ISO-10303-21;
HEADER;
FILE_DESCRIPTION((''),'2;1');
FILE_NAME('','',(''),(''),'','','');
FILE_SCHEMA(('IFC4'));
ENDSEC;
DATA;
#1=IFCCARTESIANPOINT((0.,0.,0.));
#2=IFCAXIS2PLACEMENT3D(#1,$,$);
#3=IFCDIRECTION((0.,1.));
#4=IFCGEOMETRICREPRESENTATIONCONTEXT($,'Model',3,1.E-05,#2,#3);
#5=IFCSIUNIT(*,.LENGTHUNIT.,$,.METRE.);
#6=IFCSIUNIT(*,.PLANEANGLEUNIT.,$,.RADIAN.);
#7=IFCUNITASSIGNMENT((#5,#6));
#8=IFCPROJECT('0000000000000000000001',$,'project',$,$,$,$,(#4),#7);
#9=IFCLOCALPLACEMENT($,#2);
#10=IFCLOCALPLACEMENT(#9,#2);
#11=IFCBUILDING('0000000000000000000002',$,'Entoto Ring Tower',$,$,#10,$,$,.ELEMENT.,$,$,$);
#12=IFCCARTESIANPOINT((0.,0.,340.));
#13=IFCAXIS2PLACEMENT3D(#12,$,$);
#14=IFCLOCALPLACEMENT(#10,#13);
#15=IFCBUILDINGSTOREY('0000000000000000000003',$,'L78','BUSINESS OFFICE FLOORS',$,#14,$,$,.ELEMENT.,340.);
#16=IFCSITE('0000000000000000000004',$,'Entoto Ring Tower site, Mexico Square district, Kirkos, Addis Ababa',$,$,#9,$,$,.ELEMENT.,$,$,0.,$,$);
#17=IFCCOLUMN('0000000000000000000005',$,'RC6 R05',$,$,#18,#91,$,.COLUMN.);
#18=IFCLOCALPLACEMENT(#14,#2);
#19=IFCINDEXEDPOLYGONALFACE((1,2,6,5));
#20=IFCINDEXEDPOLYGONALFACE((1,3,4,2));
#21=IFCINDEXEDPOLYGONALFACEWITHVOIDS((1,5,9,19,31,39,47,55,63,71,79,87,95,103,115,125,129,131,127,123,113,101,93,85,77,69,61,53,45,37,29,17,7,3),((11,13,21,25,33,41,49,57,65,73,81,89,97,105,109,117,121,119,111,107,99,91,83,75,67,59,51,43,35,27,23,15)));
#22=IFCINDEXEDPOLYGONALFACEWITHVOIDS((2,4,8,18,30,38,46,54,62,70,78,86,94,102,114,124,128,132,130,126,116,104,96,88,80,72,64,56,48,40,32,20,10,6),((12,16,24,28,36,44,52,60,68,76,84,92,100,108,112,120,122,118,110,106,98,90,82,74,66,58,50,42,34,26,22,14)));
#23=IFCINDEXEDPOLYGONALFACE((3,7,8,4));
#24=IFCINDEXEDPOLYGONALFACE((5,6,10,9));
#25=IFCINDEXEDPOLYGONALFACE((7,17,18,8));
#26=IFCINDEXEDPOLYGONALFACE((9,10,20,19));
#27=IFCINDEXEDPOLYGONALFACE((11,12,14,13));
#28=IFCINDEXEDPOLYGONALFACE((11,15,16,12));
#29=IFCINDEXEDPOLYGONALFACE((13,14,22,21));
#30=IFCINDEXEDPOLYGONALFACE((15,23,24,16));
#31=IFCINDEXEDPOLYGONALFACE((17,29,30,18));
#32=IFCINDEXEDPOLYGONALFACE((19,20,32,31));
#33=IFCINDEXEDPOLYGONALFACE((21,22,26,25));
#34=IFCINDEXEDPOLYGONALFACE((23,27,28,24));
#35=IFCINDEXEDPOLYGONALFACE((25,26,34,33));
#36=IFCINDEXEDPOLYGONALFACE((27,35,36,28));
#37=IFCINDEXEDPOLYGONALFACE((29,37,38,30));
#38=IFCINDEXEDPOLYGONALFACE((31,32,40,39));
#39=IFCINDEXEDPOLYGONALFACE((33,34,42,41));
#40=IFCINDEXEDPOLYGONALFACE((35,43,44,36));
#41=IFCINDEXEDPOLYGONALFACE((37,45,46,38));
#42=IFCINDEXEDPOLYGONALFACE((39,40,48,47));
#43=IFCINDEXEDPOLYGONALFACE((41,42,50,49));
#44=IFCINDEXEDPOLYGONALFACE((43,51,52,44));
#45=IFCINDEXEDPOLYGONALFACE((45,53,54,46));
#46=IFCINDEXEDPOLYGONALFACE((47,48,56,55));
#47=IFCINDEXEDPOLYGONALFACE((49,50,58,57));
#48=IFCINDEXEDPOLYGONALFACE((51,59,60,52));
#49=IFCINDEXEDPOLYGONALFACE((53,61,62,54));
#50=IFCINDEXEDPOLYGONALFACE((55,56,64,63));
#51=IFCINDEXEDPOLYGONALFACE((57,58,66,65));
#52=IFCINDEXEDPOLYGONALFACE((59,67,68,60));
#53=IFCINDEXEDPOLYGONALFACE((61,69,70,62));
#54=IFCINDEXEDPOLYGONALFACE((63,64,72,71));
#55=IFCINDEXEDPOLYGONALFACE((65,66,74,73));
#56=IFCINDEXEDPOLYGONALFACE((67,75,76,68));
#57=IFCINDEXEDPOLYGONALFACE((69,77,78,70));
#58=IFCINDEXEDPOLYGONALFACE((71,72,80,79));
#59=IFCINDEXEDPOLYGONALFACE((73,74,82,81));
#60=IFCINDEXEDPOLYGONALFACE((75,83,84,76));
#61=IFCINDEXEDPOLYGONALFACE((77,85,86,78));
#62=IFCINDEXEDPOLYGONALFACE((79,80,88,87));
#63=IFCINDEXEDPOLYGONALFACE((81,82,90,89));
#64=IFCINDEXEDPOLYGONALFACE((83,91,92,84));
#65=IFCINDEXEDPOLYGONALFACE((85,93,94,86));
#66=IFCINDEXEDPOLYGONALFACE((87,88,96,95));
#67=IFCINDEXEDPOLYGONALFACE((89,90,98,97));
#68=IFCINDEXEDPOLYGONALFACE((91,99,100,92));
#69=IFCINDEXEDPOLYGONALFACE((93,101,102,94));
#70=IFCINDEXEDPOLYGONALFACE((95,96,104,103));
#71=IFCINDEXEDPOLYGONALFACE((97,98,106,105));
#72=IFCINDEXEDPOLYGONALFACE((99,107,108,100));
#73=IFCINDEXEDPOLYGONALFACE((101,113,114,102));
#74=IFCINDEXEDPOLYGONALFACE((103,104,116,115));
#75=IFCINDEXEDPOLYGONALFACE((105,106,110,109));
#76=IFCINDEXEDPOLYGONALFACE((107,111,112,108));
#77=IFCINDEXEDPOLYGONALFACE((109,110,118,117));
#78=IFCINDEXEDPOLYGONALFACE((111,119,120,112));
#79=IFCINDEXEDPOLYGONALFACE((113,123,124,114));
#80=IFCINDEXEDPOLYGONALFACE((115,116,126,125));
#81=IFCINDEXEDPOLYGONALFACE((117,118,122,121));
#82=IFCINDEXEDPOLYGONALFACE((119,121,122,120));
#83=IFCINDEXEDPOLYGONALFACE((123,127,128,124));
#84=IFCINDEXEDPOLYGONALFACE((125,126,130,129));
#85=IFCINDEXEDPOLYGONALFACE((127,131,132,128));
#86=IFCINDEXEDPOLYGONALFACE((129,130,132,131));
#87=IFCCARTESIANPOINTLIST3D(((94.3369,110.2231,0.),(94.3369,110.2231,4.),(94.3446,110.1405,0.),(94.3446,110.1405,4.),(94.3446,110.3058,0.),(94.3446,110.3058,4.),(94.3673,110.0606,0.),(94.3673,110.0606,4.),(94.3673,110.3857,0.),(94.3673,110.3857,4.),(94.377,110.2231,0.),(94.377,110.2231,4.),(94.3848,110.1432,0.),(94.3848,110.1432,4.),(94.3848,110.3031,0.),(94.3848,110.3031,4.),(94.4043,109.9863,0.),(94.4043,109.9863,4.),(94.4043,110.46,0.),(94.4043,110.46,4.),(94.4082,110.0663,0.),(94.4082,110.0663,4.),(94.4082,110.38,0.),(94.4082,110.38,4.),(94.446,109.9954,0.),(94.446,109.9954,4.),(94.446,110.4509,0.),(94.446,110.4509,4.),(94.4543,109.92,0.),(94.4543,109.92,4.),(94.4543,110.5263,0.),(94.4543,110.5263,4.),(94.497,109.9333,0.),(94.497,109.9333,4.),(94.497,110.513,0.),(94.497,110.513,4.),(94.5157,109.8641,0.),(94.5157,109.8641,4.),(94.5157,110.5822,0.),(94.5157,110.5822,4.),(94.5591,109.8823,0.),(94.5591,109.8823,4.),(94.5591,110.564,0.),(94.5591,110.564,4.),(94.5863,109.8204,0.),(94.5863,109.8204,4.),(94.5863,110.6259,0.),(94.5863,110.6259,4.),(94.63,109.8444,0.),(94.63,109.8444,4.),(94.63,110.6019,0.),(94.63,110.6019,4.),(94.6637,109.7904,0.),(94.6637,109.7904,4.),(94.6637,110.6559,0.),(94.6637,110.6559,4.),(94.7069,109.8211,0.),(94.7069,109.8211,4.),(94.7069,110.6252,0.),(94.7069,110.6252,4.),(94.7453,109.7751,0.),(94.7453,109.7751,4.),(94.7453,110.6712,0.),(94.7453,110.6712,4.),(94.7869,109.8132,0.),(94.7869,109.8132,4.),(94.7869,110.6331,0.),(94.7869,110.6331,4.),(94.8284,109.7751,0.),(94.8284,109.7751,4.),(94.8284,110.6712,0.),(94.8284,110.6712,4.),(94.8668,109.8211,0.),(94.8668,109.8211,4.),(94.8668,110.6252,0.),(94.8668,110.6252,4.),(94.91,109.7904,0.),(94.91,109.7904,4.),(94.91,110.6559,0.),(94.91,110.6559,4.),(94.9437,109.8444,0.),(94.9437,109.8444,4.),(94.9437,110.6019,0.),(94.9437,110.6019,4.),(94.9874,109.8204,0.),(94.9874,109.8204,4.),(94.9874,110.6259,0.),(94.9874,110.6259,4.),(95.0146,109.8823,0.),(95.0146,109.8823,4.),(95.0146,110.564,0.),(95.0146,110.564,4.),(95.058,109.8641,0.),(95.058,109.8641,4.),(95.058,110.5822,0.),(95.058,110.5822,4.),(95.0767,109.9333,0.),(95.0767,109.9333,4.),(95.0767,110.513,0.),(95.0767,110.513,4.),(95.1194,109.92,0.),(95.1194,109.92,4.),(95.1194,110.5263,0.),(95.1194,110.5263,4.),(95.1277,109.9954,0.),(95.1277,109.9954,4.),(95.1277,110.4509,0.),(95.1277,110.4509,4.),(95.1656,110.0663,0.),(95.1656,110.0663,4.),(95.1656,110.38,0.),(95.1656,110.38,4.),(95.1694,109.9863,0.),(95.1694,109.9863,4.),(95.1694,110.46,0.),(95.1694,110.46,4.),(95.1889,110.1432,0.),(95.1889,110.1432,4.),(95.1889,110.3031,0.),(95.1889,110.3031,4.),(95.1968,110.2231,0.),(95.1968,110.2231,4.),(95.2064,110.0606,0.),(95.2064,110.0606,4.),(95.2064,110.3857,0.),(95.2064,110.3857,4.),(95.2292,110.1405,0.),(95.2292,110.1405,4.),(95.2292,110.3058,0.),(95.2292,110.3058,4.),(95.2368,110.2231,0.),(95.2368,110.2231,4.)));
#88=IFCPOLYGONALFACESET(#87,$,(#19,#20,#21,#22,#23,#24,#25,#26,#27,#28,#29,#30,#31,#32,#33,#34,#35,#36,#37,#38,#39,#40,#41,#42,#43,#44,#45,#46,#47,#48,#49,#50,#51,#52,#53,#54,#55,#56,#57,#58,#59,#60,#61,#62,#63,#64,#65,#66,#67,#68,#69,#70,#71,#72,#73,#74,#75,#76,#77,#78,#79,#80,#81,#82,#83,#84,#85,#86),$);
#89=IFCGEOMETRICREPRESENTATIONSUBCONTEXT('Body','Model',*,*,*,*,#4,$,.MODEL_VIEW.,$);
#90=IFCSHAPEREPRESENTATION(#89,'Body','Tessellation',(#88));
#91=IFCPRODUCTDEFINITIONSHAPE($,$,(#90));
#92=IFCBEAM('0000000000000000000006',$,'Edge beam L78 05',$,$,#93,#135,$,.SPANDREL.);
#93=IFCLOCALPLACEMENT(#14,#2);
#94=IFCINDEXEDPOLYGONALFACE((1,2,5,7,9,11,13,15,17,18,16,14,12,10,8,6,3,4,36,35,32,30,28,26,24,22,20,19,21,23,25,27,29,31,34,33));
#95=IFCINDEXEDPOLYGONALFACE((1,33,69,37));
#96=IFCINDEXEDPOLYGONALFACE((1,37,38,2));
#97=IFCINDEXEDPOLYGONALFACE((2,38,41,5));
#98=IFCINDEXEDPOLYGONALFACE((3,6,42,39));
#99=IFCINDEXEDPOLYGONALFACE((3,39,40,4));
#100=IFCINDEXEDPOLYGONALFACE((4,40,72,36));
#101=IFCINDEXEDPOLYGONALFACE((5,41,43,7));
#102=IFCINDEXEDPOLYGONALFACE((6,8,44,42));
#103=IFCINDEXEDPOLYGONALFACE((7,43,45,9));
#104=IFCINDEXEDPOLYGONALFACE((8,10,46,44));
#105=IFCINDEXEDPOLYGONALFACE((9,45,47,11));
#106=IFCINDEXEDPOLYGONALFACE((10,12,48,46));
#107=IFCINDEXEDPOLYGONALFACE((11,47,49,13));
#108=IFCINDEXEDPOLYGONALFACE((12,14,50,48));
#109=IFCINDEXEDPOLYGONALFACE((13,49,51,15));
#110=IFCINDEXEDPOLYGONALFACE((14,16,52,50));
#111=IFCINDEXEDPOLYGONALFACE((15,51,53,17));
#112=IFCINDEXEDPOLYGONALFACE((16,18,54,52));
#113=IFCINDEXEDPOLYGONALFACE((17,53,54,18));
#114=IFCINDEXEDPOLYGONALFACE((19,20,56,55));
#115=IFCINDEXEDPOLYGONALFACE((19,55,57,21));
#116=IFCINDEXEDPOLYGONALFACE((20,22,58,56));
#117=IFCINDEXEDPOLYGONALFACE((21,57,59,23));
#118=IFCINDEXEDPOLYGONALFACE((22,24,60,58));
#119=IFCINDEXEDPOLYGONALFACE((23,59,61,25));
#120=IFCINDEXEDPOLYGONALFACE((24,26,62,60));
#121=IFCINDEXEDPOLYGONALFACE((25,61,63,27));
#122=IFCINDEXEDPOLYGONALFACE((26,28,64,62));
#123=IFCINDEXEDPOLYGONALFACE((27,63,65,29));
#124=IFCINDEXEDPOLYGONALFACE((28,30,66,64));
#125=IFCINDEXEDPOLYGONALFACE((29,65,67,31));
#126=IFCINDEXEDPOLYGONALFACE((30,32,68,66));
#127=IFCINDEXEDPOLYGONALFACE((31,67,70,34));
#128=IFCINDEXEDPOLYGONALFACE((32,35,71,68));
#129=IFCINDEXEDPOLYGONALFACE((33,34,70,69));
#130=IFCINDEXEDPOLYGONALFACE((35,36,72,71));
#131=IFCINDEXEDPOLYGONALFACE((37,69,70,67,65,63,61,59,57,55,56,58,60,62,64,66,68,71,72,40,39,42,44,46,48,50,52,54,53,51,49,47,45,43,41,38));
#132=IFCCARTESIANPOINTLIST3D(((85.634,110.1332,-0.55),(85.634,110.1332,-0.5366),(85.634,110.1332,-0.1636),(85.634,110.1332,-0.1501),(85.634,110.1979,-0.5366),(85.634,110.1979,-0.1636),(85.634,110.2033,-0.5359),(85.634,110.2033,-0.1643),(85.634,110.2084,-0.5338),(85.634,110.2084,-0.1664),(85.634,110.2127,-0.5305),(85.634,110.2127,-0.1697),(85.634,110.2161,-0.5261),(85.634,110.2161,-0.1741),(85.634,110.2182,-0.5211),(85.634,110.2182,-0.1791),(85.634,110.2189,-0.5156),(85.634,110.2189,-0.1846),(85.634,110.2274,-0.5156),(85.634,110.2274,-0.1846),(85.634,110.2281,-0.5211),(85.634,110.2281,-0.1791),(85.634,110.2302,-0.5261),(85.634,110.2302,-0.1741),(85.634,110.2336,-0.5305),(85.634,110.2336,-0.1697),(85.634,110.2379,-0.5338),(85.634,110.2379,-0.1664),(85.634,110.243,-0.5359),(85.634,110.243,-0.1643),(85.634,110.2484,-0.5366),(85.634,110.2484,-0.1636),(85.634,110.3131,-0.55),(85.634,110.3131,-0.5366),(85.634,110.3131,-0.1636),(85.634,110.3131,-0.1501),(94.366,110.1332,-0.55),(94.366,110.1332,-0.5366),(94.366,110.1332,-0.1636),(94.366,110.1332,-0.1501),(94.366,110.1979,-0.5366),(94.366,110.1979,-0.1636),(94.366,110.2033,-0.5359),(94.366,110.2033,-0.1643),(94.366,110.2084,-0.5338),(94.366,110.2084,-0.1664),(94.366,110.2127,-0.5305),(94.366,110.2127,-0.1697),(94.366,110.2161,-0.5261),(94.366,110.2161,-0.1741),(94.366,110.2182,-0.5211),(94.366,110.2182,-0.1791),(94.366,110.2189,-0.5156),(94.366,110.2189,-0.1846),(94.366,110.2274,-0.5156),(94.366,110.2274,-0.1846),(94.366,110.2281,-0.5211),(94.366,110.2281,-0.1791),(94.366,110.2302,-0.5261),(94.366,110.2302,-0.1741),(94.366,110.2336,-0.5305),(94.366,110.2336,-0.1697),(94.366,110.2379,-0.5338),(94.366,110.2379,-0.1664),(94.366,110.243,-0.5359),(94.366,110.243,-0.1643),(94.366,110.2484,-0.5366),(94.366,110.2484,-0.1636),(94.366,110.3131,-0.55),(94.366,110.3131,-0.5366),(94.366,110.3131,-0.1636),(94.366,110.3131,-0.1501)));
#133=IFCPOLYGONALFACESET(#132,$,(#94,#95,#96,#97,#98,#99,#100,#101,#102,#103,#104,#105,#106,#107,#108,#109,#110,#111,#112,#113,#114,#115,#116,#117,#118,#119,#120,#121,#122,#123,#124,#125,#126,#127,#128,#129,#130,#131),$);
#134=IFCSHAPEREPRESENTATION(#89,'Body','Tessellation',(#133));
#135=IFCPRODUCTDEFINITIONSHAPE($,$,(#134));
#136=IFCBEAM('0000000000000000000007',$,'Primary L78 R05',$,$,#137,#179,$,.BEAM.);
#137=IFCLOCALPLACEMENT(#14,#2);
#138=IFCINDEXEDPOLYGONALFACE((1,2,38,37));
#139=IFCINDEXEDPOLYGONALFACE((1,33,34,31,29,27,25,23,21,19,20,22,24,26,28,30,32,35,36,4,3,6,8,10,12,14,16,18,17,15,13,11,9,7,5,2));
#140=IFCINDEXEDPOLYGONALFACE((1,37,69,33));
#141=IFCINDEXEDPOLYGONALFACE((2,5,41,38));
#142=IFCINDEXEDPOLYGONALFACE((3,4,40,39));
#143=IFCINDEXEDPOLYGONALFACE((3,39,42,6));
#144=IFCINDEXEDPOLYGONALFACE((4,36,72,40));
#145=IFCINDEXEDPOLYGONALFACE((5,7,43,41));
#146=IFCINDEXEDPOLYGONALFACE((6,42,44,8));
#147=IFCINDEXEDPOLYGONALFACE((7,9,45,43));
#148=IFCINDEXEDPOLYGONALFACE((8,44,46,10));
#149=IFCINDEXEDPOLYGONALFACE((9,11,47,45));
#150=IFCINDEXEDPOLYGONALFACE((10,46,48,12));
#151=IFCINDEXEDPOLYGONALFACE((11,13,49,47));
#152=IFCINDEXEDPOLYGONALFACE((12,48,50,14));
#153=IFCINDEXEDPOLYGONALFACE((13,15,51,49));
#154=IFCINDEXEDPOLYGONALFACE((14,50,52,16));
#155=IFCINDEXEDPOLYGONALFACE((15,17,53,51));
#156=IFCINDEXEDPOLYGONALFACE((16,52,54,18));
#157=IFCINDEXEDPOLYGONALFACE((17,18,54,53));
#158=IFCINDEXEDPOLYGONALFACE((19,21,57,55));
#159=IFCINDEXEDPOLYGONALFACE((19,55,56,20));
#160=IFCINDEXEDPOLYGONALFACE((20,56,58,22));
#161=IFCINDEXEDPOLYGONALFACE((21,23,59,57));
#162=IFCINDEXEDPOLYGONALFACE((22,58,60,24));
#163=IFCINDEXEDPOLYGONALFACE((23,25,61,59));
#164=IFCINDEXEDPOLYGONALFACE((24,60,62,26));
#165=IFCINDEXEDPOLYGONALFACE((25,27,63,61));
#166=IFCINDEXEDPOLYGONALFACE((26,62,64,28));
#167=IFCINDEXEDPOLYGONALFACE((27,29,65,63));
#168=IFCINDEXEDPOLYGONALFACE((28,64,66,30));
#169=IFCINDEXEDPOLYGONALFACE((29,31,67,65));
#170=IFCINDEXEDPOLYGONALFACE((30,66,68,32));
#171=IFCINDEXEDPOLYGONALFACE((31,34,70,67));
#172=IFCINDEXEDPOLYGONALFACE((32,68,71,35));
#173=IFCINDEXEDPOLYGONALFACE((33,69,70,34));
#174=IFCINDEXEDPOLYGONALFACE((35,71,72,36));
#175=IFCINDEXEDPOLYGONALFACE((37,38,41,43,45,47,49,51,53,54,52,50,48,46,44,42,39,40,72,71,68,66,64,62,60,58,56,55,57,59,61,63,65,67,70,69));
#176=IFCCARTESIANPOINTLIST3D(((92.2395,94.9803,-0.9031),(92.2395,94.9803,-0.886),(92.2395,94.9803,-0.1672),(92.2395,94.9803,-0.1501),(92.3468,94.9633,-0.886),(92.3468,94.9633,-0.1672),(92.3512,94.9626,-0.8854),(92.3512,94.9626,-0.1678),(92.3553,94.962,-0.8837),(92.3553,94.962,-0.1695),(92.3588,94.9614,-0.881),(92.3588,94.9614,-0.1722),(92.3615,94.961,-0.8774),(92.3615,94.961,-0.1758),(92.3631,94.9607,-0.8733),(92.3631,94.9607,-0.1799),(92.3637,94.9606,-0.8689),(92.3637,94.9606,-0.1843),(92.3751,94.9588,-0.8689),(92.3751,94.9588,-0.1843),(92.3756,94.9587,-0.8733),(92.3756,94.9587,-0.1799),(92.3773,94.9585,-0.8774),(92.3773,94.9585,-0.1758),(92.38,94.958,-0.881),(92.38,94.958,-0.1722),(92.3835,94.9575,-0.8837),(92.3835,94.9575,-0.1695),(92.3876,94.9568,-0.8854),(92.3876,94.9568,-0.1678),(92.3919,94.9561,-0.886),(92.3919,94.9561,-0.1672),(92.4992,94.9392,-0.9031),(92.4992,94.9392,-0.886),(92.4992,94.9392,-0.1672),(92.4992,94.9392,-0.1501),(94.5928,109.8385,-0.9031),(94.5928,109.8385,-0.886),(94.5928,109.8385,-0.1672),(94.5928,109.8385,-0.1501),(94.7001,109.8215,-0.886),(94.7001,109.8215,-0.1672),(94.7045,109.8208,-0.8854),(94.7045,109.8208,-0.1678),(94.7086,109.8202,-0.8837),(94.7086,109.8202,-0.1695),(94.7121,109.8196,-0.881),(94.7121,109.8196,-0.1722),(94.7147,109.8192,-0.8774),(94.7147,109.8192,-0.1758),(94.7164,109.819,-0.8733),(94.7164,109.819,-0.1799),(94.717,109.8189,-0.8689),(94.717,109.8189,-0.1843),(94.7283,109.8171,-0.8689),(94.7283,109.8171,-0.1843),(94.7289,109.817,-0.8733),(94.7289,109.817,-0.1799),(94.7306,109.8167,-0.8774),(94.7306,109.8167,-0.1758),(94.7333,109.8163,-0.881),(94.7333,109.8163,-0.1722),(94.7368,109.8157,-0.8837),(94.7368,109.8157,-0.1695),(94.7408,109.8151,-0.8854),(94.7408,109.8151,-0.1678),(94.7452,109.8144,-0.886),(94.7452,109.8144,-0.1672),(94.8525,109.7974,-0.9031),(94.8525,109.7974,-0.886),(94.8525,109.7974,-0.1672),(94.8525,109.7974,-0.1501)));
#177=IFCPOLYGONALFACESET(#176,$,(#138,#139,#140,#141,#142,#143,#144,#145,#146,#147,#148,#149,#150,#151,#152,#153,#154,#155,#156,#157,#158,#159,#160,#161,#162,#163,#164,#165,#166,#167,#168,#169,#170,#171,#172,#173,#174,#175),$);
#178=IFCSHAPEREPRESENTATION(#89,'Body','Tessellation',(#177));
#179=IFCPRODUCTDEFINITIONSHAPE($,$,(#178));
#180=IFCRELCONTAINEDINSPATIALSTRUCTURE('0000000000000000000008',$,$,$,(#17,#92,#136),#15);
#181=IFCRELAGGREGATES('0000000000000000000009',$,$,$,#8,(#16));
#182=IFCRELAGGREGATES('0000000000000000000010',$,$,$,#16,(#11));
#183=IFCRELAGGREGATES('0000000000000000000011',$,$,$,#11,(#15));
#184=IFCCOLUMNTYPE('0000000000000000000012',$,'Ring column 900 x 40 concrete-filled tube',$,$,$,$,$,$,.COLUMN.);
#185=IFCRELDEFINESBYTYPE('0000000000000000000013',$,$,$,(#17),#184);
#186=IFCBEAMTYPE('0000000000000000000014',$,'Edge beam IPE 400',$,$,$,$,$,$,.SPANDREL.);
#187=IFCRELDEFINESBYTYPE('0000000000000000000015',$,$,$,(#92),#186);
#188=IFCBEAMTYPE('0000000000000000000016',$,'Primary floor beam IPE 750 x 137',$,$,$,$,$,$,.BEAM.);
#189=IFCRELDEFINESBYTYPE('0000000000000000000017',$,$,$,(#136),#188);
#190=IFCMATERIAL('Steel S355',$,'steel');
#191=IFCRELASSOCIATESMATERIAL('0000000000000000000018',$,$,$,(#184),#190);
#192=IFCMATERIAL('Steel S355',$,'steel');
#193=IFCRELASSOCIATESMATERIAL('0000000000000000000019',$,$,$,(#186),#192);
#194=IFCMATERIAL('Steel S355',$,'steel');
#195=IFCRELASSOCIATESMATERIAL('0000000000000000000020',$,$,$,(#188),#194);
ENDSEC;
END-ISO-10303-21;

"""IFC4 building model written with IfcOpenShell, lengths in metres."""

from ifc_helpers import new_model, si_unit, direction, frame, origin, origin_2d, place, context, subcontext, project, spatial, circle, hollow_circle, i_section, extrude, material, material_profile, profile_set, type_object, element, save


model = new_model("IFC4")

# Units and contexts
model_context = context("Model", 3, precision=1e-05, world=origin(), true_north=direction((0.0, 1.0)))
body_context = subcontext(model_context, "Body", "Model", "MODEL_VIEW")
ifc_project = project(units=[si_unit("LENGTHUNIT", "METRE"), si_unit("PLANEANGLEUNIT", "RADIAN")], contexts=[model_context])

# Site, building, storey
site_placement = place(None, origin())
site = spatial("IfcSite", under=ifc_project, at=site_placement, Name="Entoto Ring Tower site, Mexico Square district, Kirkos, Addis Ababa", CompositionType="ELEMENT", RefElevation=0.0)
building_placement = place(site_placement, origin())
building = spatial("IfcBuilding", under=site, at=building_placement, Name="Entoto Ring Tower", CompositionType="ELEMENT")
storey_placement = place(building_placement, frame((0.0, 0.0, 340.0)))
storey = spatial("IfcBuildingStorey", under=building, at=storey_placement, Name="L78", Description="BUSINESS OFFICE FLOORS", CompositionType="ELEMENT", Elevation=340.0)

# Column
ifc_material_1 = material(Name="Steel S355", Category="steel")
ifc_material_profile_1 = material_profile(ifc_material_1, hollow_circle(Radius=0.45, WallThickness=0.04, at=origin_2d()), Name="CHS 900 x 40")
ifc_material_2 = material(Name="Concrete C60/75", Category="concrete")
ifc_material_profile_2 = material_profile(ifc_material_2, circle(Radius=0.4099, at=origin_2d()), Name="Concrete C60/75 infill")
ifc_profile_set_1 = profile_set([ifc_material_profile_1, ifc_material_profile_2], Name="Steel S355")
column_type = type_object("IfcColumnType", Name="Ring column 900 x 40 concrete-filled tube", PredefinedType="COLUMN", material=ifc_profile_set_1)
column_placement = place(storey_placement, frame((94.7869, 110.2231, 0.0), z_axis=(0.0, 0.0, 1.0), x_axis=(1.0, 0.0, 0.0)))
element("IfcColumn", 1, at=column_placement, inside=storey, type_object=column_type, Name="RC6 R05", PredefinedType="COLUMN", context=body_context, shape_type="SweptSolid", body=[
    extrude(hollow_circle(Radius=0.45, WallThickness=0.04, at=origin_2d()), origin(), (0.0, 0.0, 1.0), 4.0),
])

# Beams
ifc_material_3 = material(Name="Steel S355", Category="steel")
ifc_material_profile_3 = material_profile(ifc_material_3, i_section(OverallWidth=0.1799, OverallDepth=0.3999, WebThickness=0.0085, FlangeThickness=0.0134, FilletRadius=0.021, at=origin_2d()), Name="IPE 400")
ifc_profile_set_2 = profile_set([ifc_material_profile_3], Name="Steel S355")
beam_type_1 = type_object("IfcBeamType", Name="Edge beam IPE 400", PredefinedType="SPANDREL", material=ifc_profile_set_2)
beam_1_placement = place(storey_placement, frame((94.366, 110.2231, -0.3501), z_axis=(-1.0, 0.0, 0.0), x_axis=(0.0, -1.0, 0.0)))
element("IfcBeam", 2, at=beam_1_placement, inside=storey, type_object=beam_type_1, Name="Edge beam L78 05", PredefinedType="SPANDREL", context=body_context, shape_type="SweptSolid", body=[
    extrude(i_section(OverallWidth=0.1799, OverallDepth=0.3999, WebThickness=0.0085, FlangeThickness=0.0134, FilletRadius=0.021, at=origin_2d()), origin(), (0.0, 0.0, 1.0), 8.7319),
])
ifc_material_4 = material(Name="Steel S355", Category="steel")
ifc_material_profile_4 = material_profile(ifc_material_4, i_section(OverallWidth=0.2629, OverallDepth=0.7529, WebThickness=0.0115, FlangeThickness=0.0171, FilletRadius=0.0171, at=origin_2d()), Name="IPE 750 x 137")
ifc_profile_set_3 = profile_set([ifc_material_profile_4], Name="Steel S355")
beam_type_2 = type_object("IfcBeamType", Name="Primary floor beam IPE 750 x 137", PredefinedType="BEAM", material=ifc_profile_set_3)
for number, where, z_axis, x_axis, name in (
    (3, (92.3694, 94.9597, -0.5266), (0.156433, 0.987689, 0.0), (-0.987689, 0.156433, 0.0), "Primary L78 R05"),
):
    element("IfcBeam", number, at=place(storey_placement, frame(where, z_axis=z_axis, x_axis=x_axis)), inside=storey, type_object=beam_type_2, Name=name, PredefinedType="BEAM", context=body_context, shape_type="SweptSolid", body=[
        extrude(i_section(OverallWidth=0.2629, OverallDepth=0.7529, WebThickness=0.0115, FlangeThickness=0.0171, FilletRadius=0.0171, at=origin_2d()), origin(), (0.0, 0.0, 1.0), 15.0435),
    ])

save(model, "model.ifc")
